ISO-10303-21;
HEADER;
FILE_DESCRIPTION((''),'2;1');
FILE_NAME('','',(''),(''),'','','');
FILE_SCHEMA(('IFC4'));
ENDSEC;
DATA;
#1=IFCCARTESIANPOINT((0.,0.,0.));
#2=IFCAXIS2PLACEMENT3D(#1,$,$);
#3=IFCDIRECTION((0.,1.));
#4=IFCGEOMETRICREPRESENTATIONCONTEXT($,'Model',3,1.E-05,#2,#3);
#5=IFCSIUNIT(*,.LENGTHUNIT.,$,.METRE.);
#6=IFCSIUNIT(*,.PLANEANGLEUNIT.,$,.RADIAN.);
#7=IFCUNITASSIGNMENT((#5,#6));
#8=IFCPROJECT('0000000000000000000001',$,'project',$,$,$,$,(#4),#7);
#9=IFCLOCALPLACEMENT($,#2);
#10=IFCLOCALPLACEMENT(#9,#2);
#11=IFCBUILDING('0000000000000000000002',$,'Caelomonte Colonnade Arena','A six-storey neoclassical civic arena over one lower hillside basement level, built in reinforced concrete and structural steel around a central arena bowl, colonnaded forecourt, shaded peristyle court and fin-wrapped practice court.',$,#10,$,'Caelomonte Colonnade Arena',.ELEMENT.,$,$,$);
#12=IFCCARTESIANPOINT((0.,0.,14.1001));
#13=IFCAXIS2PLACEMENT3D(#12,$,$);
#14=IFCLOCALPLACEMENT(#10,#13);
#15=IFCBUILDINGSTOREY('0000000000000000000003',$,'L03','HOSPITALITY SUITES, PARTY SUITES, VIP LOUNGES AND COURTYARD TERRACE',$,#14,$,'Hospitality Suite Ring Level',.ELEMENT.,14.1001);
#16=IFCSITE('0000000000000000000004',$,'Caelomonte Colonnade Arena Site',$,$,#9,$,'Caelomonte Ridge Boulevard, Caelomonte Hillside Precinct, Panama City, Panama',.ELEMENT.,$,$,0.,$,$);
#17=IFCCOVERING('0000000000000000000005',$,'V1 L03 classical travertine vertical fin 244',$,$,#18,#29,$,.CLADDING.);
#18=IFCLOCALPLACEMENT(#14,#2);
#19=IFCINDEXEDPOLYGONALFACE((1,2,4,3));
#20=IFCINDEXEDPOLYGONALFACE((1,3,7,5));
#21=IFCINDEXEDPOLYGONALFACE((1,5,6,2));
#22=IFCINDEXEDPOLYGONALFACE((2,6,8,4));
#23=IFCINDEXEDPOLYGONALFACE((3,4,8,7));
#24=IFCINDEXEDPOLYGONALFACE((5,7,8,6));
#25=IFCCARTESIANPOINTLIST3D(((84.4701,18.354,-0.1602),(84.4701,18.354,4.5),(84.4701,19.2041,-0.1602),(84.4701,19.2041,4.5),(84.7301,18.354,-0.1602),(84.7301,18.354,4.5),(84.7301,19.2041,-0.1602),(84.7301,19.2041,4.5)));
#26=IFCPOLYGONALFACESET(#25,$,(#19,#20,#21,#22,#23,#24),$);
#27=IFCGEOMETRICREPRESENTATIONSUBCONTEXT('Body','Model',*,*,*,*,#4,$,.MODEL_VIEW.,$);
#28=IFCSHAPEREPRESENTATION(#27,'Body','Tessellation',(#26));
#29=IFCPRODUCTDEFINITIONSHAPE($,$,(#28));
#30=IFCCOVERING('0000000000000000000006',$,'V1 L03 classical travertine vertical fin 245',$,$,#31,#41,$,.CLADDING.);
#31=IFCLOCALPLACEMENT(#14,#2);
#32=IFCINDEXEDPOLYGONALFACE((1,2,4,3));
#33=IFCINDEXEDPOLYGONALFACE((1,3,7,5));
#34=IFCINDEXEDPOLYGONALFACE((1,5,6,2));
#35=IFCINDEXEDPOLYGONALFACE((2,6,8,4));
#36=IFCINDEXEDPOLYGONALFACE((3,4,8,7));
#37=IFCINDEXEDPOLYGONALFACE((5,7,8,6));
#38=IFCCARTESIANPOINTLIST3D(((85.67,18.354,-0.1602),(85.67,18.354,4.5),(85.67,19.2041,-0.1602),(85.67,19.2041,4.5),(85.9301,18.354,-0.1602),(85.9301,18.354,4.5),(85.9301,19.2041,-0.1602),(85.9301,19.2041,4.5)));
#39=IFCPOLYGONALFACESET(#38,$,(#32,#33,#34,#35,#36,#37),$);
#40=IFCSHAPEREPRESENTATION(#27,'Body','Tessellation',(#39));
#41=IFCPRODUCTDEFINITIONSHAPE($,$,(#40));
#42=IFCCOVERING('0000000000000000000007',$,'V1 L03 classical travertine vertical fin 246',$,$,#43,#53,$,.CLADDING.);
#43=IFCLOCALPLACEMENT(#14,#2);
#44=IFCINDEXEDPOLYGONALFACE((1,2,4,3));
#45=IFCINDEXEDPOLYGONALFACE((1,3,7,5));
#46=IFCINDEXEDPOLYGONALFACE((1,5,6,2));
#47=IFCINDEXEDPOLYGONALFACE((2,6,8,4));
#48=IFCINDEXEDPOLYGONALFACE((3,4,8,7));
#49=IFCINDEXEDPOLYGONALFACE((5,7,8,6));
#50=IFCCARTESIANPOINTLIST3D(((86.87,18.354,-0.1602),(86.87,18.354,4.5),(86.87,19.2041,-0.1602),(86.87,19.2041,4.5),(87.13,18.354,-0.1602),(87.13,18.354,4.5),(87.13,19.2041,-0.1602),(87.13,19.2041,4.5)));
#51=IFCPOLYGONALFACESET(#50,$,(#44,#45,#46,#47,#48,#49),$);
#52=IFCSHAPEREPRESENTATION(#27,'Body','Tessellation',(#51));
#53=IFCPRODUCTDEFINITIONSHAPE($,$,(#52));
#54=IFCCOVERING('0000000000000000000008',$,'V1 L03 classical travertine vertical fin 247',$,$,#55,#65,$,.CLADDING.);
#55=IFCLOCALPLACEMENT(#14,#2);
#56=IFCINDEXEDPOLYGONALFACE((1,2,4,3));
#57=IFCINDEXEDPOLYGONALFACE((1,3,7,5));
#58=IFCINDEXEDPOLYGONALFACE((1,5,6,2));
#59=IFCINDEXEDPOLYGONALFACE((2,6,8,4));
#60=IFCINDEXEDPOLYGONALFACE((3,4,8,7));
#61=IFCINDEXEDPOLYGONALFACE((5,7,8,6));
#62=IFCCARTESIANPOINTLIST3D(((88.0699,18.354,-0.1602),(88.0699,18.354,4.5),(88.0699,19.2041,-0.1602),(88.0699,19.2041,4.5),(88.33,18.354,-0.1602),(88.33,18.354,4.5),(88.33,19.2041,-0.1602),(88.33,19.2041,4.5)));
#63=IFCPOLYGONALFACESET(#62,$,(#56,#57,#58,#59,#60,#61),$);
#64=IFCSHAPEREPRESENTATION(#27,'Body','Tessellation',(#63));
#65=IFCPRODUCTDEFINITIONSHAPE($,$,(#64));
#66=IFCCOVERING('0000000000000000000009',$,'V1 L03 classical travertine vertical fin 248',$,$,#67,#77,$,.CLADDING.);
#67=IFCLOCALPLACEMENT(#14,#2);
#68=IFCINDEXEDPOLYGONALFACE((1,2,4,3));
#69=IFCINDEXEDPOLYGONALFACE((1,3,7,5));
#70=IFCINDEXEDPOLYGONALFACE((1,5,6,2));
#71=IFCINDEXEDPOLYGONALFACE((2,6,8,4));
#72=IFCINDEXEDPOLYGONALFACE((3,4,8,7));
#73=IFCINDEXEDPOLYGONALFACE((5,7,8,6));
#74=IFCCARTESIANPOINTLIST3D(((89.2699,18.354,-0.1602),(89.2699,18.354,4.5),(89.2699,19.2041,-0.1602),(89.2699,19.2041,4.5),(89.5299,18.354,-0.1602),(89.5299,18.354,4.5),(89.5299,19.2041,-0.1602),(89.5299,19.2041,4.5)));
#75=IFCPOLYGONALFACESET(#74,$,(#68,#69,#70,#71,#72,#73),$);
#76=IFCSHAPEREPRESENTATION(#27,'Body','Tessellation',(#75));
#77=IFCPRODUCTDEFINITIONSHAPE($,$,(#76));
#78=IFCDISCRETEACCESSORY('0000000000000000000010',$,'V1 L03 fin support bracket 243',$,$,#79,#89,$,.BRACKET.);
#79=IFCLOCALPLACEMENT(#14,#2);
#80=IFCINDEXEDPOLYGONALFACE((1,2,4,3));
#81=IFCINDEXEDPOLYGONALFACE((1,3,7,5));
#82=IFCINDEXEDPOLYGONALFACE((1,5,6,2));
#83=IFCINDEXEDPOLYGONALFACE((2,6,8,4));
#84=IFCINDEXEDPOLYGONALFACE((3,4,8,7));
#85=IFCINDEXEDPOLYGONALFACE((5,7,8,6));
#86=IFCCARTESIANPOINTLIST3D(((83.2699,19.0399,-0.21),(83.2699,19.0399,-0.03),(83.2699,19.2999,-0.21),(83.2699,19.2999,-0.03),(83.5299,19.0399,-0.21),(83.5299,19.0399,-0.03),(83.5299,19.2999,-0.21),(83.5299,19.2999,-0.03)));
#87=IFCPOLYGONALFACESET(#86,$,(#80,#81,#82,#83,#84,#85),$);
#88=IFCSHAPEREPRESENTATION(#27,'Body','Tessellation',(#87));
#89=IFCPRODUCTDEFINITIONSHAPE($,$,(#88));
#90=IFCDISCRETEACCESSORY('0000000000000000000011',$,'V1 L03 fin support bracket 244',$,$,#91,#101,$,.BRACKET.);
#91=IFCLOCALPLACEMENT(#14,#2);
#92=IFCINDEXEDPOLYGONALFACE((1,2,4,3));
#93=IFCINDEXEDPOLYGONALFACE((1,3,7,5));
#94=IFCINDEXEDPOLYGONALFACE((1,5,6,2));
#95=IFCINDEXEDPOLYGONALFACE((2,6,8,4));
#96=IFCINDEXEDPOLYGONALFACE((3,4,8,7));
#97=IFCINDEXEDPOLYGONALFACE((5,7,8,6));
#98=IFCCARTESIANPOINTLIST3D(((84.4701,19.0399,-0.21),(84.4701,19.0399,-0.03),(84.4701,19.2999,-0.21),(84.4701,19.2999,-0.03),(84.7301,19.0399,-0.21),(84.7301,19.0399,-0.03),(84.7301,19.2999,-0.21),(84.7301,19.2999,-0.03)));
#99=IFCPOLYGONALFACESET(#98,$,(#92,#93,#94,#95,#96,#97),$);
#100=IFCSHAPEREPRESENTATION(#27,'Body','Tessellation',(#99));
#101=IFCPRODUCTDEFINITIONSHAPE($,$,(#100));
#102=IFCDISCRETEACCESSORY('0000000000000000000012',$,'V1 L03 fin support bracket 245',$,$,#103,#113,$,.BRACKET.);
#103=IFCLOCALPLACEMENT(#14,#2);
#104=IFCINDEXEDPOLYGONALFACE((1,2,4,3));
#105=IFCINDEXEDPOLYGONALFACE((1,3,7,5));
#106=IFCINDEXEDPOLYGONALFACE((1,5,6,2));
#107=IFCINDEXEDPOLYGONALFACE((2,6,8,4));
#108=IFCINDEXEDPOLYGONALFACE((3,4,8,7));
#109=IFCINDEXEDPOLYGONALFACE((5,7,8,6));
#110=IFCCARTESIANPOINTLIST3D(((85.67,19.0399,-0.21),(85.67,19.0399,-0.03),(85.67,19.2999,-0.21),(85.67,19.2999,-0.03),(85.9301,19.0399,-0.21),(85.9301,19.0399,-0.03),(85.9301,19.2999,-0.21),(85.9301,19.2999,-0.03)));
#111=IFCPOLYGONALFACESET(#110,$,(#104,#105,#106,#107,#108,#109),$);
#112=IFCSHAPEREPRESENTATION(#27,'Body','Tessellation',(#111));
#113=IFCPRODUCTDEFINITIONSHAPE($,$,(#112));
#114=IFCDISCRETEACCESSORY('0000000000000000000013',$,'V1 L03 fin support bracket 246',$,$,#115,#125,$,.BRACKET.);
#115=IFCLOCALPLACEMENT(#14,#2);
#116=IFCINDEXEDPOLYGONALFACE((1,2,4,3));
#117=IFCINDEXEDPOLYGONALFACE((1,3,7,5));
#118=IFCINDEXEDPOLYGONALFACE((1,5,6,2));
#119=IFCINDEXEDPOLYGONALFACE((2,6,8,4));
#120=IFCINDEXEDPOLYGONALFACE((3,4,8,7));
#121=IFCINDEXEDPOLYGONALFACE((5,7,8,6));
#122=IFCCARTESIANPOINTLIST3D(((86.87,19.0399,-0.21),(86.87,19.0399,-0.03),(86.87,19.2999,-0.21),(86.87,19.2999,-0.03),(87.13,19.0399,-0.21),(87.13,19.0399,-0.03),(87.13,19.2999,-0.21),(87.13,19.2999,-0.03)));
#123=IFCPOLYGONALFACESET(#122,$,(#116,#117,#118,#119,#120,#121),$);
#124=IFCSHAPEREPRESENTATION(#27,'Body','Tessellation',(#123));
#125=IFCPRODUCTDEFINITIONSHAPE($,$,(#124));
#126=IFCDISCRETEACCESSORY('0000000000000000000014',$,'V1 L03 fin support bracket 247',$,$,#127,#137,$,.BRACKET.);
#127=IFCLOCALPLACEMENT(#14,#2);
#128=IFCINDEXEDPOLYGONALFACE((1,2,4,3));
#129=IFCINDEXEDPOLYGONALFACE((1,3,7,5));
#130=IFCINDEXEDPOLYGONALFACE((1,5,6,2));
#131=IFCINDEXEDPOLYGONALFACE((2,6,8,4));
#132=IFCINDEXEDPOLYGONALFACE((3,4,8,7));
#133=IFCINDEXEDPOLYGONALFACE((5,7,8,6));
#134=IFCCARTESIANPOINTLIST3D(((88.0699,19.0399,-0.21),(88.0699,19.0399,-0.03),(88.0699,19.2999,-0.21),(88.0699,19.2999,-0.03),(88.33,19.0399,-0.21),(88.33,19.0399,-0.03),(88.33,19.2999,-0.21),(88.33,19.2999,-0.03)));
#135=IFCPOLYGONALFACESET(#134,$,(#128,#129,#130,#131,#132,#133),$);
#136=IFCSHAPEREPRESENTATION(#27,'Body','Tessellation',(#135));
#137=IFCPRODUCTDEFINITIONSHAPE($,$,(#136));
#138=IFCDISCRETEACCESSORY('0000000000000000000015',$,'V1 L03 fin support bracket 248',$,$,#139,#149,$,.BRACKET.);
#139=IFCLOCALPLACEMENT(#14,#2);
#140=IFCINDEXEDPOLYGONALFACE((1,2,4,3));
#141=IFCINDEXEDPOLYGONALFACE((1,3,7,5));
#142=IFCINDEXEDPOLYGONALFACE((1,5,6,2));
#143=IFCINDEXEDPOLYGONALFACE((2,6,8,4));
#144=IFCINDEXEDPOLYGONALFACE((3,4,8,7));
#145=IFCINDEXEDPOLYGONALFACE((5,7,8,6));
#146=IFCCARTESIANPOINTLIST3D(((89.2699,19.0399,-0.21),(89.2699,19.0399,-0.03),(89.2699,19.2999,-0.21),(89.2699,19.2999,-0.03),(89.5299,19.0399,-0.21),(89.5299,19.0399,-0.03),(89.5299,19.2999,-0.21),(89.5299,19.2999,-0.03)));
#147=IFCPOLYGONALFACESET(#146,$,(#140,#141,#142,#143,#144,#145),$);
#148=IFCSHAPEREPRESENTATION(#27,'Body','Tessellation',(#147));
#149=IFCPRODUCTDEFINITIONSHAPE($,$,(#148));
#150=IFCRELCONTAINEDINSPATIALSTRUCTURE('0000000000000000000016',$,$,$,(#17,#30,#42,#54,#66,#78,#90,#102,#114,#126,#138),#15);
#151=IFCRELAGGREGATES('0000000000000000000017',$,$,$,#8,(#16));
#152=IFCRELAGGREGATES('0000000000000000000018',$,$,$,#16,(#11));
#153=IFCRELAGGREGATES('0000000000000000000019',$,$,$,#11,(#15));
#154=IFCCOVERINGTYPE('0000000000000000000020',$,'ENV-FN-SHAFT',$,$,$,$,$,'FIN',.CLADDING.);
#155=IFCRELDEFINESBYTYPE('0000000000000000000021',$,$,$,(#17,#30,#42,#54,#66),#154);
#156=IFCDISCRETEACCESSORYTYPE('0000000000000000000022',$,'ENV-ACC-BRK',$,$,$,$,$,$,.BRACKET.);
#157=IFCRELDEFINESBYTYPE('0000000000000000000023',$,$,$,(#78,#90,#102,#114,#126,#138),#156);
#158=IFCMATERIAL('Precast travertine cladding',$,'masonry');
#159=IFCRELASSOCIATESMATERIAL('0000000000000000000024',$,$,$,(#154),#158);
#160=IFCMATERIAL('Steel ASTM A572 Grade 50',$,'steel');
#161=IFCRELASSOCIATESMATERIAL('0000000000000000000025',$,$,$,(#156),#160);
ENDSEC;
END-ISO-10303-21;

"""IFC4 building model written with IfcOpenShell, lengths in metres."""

from ifc_helpers import new_model, si_unit, direction, frame, origin, origin_2d, place, context, subcontext, project, spatial, rectangle, extrude, material, material_profile, profile_set, type_object, element, save


model = new_model("IFC4")

# Units and contexts
model_context = context("Model", 3, precision=1e-05, world=origin(), true_north=direction((0.0, 1.0)))
body_context = subcontext(model_context, "Body", "Model", "MODEL_VIEW")
ifc_project = project(units=[si_unit("LENGTHUNIT", "METRE"), si_unit("PLANEANGLEUNIT", "RADIAN")], contexts=[model_context])

# Site, building, storey
site_placement = place(None, origin())
site = spatial("IfcSite", under=ifc_project, at=site_placement, Name="Caelomonte Colonnade Arena Site", LongName="Caelomonte Ridge Boulevard, Caelomonte Hillside Precinct, Panama City, Panama", CompositionType="ELEMENT", RefElevation=0.0)
building_placement = place(site_placement, origin())
building = spatial("IfcBuilding", under=site, at=building_placement, Name="Caelomonte Colonnade Arena", Description="A six-storey neoclassical civic arena over one lower hillside basement level, built in reinforced concrete and structural steel around a central arena bowl, colonnaded forecourt, shaded peristyle court and fin-wrapped practice court.", LongName="Caelomonte Colonnade Arena", CompositionType="ELEMENT")
storey_placement = place(building_placement, frame((0.0, 0.0, 14.1001)))
storey = spatial("IfcBuildingStorey", under=building, at=storey_placement, Name="L03", Description="HOSPITALITY SUITES, PARTY SUITES, VIP LOUNGES AND COURTYARD TERRACE", LongName="Hospitality Suite Ring Level", CompositionType="ELEMENT", Elevation=14.1001)

# Coverings
ifc_material_1 = material(Name="Precast travertine cladding", Category="masonry")
ifc_material_profile_1 = material_profile(ifc_material_1, rectangle(XDim=0.26, YDim=0.8501, at=origin_2d()), Name="FIN260X850")
ifc_profile_set_1 = profile_set([ifc_material_profile_1], Name="Precast travertine cladding")
covering_type = type_object("IfcCoveringType", Name="ENV-FN-SHAFT", ElementType="FIN", PredefinedType="CLADDING", material=ifc_profile_set_1)
for number, where, z_axis, x_axis, name in (
    (1, (84.6001, 18.7791, -0.1602), (0.0, 0.0, 1.0), (-1.0, 0.0, 0.0), "V1 L03 classical travertine vertical fin 244"),
    (2, (85.8, 18.7791, -0.1602), (0.0, 0.0, 1.0), (-1.0, 0.0, 0.0), "V1 L03 classical travertine vertical fin 245"),
    (3, (87.0, 18.7791, -0.1602), (0.0, 0.0, 1.0), (-1.0, 0.0, 0.0), "V1 L03 classical travertine vertical fin 246"),
    (4, (88.2, 18.7791, -0.1602), (0.0, 0.0, 1.0), (-1.0, 0.0, 0.0), "V1 L03 classical travertine vertical fin 247"),
    (5, (89.3999, 18.7791, -0.1602), (0.0, 0.0, 1.0), (-1.0, 0.0, 0.0), "V1 L03 classical travertine vertical fin 248"),
):
    element("IfcCovering", number, at=place(storey_placement, frame(where, z_axis=z_axis, x_axis=x_axis)), inside=storey, type_object=covering_type, Name=name, PredefinedType="CLADDING", context=body_context, shape_type="SweptSolid", body=[
        extrude(rectangle(XDim=0.26, YDim=0.8501, at=origin_2d()), origin(), (0.0, 0.0, 1.0), 4.6602),
    ])

# Discrete accessories
ifc_material_2 = material(Name="Steel ASTM A572 Grade 50", Category="steel")
discrete_accessory_type = type_object("IfcDiscreteAccessoryType", Name="ENV-ACC-BRK", PredefinedType="BRACKET", material=ifc_material_2)
for number, where, z_axis, x_axis, name in (
    (6, (83.3999, 19.1699, -0.21), (0.0, 0.0, 1.0), (1.0, 0.0, 0.0), "V1 L03 fin support bracket 243"),
    (7, (84.6001, 19.1699, -0.21), (0.0, 0.0, 1.0), (1.0, 0.0, 0.0), "V1 L03 fin support bracket 244"),
    (8, (85.8, 19.1699, -0.21), (0.0, 0.0, 1.0), (1.0, 0.0, 0.0), "V1 L03 fin support bracket 245"),
    (9, (87.0, 19.1699, -0.21), (0.0, 0.0, 1.0), (1.0, 0.0, 0.0), "V1 L03 fin support bracket 246"),
    (10, (88.2, 19.1699, -0.21), (0.0, 0.0, 1.0), (1.0, 0.0, 0.0), "V1 L03 fin support bracket 247"),
    (11, (89.3999, 19.1699, -0.21), (0.0, 0.0, 1.0), (1.0, 0.0, 0.0), "V1 L03 fin support bracket 248"),
):
    element("IfcDiscreteAccessory", number, at=place(storey_placement, frame(where, z_axis=z_axis, x_axis=x_axis)), inside=storey, type_object=discrete_accessory_type, Name=name, PredefinedType="BRACKET", context=body_context, shape_type="SweptSolid", body=[
        extrude(rectangle(XDim=0.26, YDim=0.26, at=origin_2d()), origin(), (0.0, 0.0, 1.0), 0.1799),
    ])

save(model, "model.ifc")
